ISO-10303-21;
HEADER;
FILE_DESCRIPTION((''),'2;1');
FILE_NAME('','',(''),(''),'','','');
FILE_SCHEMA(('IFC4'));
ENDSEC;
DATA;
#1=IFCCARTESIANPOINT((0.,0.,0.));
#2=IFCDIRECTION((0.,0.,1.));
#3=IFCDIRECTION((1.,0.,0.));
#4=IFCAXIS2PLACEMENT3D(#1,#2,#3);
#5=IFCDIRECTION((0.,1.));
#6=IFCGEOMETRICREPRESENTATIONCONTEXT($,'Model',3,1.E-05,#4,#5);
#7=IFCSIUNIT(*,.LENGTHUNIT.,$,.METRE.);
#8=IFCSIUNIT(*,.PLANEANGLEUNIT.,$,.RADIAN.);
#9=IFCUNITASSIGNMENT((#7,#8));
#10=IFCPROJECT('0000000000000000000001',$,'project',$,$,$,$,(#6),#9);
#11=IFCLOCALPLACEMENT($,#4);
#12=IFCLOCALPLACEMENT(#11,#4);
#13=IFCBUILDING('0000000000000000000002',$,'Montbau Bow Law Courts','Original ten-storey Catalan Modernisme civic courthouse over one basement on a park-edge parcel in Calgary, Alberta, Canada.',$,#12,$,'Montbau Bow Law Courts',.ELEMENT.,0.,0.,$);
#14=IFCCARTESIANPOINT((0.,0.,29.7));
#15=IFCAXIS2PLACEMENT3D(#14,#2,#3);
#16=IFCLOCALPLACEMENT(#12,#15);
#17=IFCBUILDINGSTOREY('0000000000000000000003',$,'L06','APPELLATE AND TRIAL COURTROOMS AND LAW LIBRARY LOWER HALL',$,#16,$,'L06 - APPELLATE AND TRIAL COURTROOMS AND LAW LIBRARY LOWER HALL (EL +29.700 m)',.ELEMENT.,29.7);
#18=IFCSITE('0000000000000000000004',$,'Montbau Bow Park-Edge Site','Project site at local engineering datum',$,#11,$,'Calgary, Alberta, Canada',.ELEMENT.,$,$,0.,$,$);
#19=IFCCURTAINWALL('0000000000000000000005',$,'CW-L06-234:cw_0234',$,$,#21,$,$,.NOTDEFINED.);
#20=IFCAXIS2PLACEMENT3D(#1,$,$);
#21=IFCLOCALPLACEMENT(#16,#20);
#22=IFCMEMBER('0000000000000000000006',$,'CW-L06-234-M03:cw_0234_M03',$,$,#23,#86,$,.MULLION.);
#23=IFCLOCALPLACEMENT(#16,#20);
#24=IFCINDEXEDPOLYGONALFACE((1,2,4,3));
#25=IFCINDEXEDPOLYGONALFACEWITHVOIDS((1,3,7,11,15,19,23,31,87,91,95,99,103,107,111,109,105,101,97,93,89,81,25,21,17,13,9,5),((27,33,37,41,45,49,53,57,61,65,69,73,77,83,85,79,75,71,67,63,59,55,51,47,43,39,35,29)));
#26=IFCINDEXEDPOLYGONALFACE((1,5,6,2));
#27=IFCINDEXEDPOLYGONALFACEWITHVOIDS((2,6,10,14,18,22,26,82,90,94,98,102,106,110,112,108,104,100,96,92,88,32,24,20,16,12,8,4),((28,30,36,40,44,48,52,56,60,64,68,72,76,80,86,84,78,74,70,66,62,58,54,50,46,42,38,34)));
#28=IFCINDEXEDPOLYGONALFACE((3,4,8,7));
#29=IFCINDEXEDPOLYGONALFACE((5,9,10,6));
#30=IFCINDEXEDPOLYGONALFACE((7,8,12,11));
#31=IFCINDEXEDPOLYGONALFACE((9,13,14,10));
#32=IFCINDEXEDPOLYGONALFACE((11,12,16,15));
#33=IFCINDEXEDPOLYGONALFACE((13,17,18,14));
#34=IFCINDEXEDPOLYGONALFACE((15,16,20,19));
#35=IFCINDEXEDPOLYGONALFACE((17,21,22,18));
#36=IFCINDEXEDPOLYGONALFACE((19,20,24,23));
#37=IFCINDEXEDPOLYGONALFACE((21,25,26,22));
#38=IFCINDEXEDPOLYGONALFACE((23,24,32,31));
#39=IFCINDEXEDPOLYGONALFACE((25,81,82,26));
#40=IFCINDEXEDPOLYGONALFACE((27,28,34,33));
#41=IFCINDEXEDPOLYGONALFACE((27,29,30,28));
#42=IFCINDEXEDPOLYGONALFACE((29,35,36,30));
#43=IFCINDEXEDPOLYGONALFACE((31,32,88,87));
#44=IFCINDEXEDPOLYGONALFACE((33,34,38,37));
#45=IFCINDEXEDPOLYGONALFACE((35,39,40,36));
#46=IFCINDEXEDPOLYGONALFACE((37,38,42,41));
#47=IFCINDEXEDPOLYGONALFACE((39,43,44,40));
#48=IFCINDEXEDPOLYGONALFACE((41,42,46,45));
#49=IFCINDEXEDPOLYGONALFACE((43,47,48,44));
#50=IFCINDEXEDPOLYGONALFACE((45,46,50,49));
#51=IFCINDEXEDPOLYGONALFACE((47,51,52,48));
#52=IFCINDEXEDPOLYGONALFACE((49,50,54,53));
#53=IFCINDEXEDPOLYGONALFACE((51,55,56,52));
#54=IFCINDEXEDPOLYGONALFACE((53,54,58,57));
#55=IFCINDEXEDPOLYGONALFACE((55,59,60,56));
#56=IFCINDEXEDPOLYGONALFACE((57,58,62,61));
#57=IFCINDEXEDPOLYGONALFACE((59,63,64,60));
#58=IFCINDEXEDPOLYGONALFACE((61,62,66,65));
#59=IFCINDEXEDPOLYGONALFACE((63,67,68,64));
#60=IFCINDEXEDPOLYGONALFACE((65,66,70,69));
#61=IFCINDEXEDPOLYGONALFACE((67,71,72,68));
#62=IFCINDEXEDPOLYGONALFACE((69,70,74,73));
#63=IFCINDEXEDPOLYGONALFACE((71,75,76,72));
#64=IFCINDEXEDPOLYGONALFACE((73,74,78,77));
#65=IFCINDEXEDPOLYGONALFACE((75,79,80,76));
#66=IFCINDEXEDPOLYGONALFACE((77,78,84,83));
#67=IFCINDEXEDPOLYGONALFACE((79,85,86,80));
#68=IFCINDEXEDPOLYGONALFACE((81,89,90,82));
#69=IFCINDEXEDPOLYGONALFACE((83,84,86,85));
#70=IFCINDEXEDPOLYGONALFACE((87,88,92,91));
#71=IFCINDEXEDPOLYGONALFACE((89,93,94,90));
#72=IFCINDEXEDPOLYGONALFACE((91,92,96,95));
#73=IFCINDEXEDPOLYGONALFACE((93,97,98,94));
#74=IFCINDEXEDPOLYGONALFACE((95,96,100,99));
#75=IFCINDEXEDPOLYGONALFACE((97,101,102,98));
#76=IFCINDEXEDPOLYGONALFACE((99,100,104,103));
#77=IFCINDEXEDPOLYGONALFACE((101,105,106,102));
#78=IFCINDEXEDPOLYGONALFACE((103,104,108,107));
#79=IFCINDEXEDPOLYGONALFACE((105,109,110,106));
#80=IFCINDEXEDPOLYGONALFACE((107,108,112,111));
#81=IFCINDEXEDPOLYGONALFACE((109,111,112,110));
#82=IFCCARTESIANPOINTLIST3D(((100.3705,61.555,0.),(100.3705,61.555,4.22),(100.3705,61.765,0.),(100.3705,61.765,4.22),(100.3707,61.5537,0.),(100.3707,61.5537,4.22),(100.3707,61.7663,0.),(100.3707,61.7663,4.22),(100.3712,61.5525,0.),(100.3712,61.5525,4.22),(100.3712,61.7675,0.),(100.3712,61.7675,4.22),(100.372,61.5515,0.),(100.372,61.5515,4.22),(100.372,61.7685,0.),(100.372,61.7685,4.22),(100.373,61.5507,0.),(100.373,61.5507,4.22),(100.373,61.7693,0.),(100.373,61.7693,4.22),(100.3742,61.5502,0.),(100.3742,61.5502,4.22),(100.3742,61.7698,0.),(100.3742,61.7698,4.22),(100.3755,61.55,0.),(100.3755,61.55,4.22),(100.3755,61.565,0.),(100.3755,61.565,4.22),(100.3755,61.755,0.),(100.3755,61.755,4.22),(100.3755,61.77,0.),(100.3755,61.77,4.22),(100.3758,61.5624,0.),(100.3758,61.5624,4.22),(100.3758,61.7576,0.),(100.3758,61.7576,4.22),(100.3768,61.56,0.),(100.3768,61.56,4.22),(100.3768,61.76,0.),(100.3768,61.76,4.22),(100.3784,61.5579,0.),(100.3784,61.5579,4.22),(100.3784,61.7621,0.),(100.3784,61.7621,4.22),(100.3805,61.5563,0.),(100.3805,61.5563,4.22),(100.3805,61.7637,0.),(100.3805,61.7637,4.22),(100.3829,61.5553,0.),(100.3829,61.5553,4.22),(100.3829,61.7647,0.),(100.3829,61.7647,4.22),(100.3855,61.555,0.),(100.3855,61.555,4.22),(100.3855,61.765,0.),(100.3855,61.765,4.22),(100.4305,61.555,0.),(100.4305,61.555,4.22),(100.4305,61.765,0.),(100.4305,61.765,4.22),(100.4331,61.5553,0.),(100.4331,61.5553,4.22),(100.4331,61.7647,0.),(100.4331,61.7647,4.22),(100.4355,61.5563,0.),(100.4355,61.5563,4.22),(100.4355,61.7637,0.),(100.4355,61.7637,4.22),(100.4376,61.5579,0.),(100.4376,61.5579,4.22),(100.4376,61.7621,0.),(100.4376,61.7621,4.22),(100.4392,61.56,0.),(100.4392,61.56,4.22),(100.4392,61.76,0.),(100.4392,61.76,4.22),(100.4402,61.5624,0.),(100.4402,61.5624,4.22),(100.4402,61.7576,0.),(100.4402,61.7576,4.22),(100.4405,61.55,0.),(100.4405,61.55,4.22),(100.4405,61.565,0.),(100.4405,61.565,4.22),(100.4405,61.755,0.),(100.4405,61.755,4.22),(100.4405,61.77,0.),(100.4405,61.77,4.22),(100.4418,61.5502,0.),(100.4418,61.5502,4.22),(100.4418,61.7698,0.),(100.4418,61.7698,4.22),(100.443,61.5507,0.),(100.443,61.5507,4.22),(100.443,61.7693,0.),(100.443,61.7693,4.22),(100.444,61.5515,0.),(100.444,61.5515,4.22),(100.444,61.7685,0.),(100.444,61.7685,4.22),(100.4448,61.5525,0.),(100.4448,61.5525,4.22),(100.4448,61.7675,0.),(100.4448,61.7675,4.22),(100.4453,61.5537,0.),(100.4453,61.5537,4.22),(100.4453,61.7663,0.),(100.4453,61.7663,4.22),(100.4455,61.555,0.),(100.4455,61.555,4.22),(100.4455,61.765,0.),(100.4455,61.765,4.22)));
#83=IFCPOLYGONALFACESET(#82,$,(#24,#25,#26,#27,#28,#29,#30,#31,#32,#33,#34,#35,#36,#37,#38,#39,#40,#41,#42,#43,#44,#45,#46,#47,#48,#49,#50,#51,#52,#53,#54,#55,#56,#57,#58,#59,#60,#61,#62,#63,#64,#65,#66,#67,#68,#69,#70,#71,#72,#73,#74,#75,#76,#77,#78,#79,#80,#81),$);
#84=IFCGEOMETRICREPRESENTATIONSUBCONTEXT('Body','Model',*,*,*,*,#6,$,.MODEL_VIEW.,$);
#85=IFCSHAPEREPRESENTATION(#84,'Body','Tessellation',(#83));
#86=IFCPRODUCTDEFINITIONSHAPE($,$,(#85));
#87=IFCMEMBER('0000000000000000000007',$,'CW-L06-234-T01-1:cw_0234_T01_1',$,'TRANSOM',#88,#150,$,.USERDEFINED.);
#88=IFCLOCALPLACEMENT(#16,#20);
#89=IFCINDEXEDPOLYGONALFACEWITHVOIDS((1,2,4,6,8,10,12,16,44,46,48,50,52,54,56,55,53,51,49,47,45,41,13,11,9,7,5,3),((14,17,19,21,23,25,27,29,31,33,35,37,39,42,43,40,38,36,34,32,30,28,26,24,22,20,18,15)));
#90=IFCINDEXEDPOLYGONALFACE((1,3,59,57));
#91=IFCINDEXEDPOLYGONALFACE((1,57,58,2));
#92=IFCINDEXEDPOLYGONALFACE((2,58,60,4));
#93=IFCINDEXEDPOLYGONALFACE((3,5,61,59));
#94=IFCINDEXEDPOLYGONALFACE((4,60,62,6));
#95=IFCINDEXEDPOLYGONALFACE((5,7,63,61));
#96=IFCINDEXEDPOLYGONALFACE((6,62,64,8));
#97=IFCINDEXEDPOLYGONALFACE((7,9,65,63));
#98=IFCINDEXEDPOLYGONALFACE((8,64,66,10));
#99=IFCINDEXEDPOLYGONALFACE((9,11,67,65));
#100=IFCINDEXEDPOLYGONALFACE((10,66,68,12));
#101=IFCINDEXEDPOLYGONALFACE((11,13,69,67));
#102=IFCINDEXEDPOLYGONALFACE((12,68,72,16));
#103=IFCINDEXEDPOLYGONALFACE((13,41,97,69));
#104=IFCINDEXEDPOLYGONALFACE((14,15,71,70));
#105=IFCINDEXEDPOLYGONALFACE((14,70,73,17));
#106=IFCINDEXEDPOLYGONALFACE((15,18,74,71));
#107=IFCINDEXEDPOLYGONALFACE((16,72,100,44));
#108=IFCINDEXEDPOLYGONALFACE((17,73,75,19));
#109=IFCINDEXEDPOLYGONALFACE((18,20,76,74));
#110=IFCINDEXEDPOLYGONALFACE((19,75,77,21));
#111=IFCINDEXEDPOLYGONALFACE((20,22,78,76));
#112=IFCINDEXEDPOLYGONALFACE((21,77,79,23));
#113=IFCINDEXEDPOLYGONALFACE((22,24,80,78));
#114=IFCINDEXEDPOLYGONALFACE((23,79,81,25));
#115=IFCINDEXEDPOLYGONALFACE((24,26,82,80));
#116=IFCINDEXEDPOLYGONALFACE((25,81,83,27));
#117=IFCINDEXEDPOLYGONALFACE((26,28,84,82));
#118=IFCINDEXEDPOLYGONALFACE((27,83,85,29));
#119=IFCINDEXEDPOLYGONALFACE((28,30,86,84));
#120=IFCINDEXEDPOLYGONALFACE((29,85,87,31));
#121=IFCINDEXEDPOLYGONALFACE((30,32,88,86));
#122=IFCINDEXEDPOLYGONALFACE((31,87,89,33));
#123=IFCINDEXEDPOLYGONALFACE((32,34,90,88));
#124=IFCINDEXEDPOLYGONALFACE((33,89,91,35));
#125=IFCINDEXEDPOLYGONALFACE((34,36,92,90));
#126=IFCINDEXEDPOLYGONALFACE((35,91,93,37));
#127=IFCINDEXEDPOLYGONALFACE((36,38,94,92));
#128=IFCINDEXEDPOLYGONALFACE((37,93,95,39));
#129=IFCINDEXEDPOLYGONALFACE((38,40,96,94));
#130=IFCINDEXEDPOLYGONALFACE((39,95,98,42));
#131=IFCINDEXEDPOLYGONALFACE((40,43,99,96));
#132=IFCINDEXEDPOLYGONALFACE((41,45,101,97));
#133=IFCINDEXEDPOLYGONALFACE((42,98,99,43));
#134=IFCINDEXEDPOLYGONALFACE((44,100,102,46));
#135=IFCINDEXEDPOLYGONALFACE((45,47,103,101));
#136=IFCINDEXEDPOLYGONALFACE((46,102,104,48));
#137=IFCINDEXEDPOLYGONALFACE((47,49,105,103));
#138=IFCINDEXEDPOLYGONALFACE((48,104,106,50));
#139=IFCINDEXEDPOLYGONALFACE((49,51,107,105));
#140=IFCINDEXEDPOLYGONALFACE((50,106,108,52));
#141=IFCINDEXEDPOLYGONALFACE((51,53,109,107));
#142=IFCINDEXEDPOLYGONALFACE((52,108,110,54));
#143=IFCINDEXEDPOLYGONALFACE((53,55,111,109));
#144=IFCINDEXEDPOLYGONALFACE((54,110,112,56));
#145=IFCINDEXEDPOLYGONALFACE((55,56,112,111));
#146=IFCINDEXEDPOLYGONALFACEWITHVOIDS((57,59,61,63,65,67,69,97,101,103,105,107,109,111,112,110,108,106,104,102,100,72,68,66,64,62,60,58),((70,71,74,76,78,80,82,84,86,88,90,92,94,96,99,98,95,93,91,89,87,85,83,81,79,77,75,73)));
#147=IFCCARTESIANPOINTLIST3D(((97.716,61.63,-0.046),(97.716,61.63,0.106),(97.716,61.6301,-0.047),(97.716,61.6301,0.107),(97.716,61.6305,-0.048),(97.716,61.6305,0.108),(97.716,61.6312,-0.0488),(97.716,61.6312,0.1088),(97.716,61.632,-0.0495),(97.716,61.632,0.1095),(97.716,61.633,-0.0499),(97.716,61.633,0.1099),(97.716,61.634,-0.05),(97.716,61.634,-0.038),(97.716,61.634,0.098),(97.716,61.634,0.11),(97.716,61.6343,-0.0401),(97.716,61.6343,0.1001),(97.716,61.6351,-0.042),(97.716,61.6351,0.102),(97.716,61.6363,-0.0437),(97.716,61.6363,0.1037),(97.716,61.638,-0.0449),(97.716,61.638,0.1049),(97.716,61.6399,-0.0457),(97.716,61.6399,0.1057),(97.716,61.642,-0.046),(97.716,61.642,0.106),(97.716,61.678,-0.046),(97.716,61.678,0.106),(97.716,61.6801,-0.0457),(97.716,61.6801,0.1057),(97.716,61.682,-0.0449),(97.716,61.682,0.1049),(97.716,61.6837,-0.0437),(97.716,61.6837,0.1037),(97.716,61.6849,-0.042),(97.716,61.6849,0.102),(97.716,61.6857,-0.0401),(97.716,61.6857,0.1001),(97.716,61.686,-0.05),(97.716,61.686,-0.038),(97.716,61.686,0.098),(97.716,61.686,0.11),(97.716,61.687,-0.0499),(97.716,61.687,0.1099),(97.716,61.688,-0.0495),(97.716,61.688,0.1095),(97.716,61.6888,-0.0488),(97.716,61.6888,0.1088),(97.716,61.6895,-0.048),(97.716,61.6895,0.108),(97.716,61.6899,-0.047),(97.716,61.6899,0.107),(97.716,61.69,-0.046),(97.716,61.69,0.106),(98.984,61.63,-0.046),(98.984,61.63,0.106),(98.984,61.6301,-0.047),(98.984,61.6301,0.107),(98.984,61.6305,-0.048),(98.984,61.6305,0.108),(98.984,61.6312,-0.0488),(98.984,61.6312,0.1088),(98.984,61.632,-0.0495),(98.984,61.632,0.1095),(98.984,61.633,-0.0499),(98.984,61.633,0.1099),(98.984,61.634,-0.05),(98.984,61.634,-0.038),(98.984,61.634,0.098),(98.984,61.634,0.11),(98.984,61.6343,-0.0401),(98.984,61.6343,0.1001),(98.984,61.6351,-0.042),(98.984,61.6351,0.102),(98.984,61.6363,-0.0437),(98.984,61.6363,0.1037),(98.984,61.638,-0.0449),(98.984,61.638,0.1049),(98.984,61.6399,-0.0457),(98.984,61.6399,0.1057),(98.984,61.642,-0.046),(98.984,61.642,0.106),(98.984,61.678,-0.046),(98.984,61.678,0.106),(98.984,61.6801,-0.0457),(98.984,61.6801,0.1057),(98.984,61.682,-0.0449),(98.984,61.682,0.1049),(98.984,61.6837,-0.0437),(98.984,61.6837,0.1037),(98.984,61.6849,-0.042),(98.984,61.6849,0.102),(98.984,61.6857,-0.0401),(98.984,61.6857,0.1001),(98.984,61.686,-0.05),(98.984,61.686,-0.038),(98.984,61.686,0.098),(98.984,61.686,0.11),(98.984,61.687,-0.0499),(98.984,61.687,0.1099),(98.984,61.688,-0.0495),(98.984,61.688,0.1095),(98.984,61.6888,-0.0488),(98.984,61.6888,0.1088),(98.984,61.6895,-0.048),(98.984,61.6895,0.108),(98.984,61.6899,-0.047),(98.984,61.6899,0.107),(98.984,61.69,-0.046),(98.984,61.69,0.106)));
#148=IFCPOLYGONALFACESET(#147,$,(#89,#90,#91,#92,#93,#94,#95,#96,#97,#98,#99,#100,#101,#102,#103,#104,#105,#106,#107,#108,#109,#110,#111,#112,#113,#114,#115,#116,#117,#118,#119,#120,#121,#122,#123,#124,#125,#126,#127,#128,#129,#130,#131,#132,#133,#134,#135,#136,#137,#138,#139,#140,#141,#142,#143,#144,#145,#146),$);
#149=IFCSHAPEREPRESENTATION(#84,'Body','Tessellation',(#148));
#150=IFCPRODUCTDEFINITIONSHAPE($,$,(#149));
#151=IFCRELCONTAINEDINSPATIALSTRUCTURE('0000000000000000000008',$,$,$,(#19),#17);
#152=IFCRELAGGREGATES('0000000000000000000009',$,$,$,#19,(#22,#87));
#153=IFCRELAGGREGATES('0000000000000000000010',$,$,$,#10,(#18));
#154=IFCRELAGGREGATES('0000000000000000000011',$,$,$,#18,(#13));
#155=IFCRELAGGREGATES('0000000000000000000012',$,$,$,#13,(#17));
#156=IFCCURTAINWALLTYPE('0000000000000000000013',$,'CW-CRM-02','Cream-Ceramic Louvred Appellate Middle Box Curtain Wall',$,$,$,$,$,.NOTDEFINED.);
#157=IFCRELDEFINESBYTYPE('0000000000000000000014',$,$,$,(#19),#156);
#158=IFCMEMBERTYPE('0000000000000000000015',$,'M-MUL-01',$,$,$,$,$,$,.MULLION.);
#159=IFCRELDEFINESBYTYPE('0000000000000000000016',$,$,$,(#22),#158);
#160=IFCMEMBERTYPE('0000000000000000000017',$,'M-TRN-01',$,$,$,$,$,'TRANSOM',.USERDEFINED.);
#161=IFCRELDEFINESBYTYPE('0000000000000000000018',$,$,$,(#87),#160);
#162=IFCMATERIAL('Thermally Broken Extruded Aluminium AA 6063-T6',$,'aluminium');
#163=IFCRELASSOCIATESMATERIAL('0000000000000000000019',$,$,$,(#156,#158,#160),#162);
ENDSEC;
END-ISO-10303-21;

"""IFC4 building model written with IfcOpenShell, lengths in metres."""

from ifc_helpers import new_model, si_unit, direction, frame, origin_with_axes, origin_2d_with_axis, place, context, subcontext, project, spatial, hollow_rectangle, extrude, material, material_profile, profile_set, type_object, element, aggregate, save


model = new_model("IFC4")

# Units and contexts
model_context = context("Model", 3, precision=1e-05, world=origin_with_axes(), true_north=direction((0.0, 1.0)))
body_context = subcontext(model_context, "Body", "Model", "MODEL_VIEW")
ifc_project = project(units=[si_unit("LENGTHUNIT", "METRE"), si_unit("PLANEANGLEUNIT", "RADIAN")], contexts=[model_context])

# Site, building, storey
site_placement = place(None, origin_with_axes())
site = spatial("IfcSite", under=ifc_project, at=site_placement, Name="Montbau Bow Park-Edge Site", Description="Project site at local engineering datum", LongName="Calgary, Alberta, Canada", CompositionType="ELEMENT", RefElevation=0.0)
building_placement = place(site_placement, origin_with_axes())
building = spatial("IfcBuilding", under=site, at=building_placement, Name="Montbau Bow Law Courts", Description="Original ten-storey Catalan Modernisme civic courthouse over one basement on a park-edge parcel in Calgary, Alberta, Canada.", LongName="Montbau Bow Law Courts", CompositionType="ELEMENT", ElevationOfRefHeight=0.0, ElevationOfTerrain=0.0)
storey_placement = place(building_placement, frame((0.0, 0.0, 29.7), z_axis=(0.0, 0.0, 1.0), x_axis=(1.0, 0.0, 0.0)))
storey = spatial("IfcBuildingStorey", under=building, at=storey_placement, Name="L06", Description="APPELLATE AND TRIAL COURTROOMS AND LAW LIBRARY LOWER HALL", LongName="L06 - APPELLATE AND TRIAL COURTROOMS AND LAW LIBRARY LOWER HALL (EL +29.700 m)", CompositionType="ELEMENT", Elevation=29.7)

# Curtain wall, members
ifc_material_1 = material(Name="Thermally Broken Extruded Aluminium AA 6063-T6", Category="aluminium")
curtain_wall_type = type_object("IfcCurtainWallType", Name="CW-CRM-02", Description="Cream-Ceramic Louvred Appellate Middle Box Curtain Wall", PredefinedType="NOTDEFINED", material=ifc_material_1)
curtain_wall_placement = place(None, frame((97.64, 61.66, 29.7), z_axis=(0.0, 0.0, 1.0), x_axis=(1.0, 0.0, 0.0)))
curtain_wall = element("IfcCurtainWall", 1, at=curtain_wall_placement, inside=storey, type_object=curtain_wall_type, Name="CW-L06-234:cw_0234", PredefinedType="NOTDEFINED")
ifc_material_profile_1 = material_profile(ifc_material_1, hollow_rectangle(XDim=0.075, YDim=0.22, WallThickness=0.005, InnerFilletRadius=0.01, OuterFilletRadius=0.005, at=origin_2d_with_axis()), Name="CWM-220X75", Category="Main", Priority=0)
ifc_profile_set_1 = profile_set([ifc_material_profile_1], Name="Thermally Broken Extruded Aluminium AA 6063-T6")
member_type_1 = type_object("IfcMemberType", Name="M-MUL-01", PredefinedType="MULLION", material=ifc_profile_set_1)
member_1_placement = place(None, frame((100.408, 61.66, 29.7), z_axis=(0.0, 0.0, 1.0), x_axis=(1.0, 0.0, 0.0)))
member_1 = element("IfcMember", 2, at=member_1_placement, type_object=member_type_1, Name="CW-L06-234-M03:cw_0234_M03", PredefinedType="MULLION", context=body_context, shape_type="SweptSolid", body=[
    extrude(hollow_rectangle(XDim=0.075, YDim=0.22, WallThickness=0.005, InnerFilletRadius=0.01, OuterFilletRadius=0.005, at=origin_2d_with_axis()), origin_with_axes(), (0.0, 0.0, 1.0), 4.22),
])
ifc_material_profile_2 = material_profile(ifc_material_1, hollow_rectangle(XDim=0.06, YDim=0.16, WallThickness=0.004, InnerFilletRadius=0.008, OuterFilletRadius=0.004, at=origin_2d_with_axis()), Name="CWT-160X60", Category="Main", Priority=0)
ifc_profile_set_2 = profile_set([ifc_material_profile_2], Name="Thermally Broken Extruded Aluminium AA 6063-T6")
member_type_2 = type_object("IfcMemberType", Name="M-TRN-01", ElementType="TRANSOM", PredefinedType="USERDEFINED", material=ifc_profile_set_2)
member_2_placement = place(None, frame((97.716, 61.66, 29.73), z_axis=(1.0, 0.0, 0.0), x_axis=(0.0, 1.0, 0.0)))
member_2 = element("IfcMember", 3, at=member_2_placement, type_object=member_type_2, Name="CW-L06-234-T01-1:cw_0234_T01_1", ObjectType="TRANSOM", PredefinedType="USERDEFINED", context=body_context, shape_type="SweptSolid", body=[
    extrude(hollow_rectangle(XDim=0.06, YDim=0.16, WallThickness=0.004, InnerFilletRadius=0.008, OuterFilletRadius=0.004, at=origin_2d_with_axis()), origin_with_axes(), (0.0, 0.0, 1.0), 1.268),
])
aggregate(curtain_wall, [member_1, member_2])

save(model, "model.ifc")
